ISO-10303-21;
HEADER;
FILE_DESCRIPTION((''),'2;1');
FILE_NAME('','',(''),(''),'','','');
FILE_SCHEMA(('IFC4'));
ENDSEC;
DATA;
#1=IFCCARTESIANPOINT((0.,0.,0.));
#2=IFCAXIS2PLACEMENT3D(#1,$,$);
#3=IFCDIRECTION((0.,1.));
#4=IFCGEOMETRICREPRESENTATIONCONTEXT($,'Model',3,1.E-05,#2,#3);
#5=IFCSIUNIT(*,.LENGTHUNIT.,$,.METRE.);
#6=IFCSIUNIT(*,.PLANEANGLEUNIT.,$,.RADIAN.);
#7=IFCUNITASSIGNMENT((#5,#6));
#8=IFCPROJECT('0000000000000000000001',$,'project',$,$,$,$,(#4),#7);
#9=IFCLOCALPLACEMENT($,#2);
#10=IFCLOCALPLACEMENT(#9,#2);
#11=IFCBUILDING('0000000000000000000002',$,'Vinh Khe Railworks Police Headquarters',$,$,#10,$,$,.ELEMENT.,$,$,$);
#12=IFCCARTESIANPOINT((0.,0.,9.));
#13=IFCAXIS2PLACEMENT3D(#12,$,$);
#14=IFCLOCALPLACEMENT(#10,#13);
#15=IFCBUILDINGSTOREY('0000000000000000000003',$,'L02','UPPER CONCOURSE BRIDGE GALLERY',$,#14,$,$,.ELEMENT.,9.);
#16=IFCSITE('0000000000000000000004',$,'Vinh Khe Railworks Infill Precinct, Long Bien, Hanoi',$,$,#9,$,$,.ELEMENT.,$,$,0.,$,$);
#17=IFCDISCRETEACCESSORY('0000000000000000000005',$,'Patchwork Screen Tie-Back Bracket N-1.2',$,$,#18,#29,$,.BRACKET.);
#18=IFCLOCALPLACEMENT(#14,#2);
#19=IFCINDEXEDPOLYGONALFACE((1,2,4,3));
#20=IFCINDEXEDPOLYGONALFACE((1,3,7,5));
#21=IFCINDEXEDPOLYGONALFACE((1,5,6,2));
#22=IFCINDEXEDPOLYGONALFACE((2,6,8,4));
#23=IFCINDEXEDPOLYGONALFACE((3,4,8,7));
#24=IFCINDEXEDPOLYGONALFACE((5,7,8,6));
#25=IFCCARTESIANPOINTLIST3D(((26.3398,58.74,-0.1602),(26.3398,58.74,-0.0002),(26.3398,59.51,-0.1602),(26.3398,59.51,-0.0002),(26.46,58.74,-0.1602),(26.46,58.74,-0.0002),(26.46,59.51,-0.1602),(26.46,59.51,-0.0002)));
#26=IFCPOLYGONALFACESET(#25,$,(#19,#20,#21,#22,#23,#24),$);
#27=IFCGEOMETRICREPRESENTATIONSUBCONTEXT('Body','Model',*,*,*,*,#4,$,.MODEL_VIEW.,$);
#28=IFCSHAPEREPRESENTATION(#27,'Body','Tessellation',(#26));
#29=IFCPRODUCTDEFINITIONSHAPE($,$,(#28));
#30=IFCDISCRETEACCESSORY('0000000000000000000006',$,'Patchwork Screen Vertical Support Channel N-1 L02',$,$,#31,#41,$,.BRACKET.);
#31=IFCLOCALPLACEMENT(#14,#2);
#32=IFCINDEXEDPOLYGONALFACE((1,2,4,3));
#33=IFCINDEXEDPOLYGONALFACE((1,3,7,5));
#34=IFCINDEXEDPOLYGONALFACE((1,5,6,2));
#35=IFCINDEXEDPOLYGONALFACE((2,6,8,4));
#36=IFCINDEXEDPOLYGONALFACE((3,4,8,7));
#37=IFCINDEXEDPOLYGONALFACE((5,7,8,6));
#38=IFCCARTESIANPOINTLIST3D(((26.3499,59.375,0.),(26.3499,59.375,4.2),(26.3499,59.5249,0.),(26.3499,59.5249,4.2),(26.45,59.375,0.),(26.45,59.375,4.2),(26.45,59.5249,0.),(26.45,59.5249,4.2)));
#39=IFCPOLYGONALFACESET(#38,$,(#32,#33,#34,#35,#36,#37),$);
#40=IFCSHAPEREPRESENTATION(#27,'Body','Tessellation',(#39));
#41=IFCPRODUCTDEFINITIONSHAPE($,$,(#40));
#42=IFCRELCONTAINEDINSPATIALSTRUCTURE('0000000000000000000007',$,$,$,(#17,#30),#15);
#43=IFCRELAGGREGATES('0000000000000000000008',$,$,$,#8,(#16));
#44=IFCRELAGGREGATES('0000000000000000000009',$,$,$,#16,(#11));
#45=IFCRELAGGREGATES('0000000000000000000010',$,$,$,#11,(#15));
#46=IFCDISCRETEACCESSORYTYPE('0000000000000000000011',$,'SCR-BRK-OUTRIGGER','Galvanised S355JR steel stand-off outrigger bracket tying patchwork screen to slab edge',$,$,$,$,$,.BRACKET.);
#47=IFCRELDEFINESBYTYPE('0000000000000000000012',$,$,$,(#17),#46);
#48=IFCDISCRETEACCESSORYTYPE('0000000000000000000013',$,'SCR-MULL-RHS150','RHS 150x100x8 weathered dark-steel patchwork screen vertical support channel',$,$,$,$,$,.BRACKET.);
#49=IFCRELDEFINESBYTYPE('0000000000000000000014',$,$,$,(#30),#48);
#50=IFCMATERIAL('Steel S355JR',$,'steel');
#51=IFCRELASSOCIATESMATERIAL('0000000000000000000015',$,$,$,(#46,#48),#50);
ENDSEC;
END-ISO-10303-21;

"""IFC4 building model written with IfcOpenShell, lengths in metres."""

from ifc_helpers import new_model, si_unit, direction, frame, origin, origin_2d, place, context, subcontext, project, spatial, rectangle, extrude, material, type_object, element, save


model = new_model("IFC4")

# Units and contexts
model_context = context("Model", 3, precision=1e-05, world=origin(), true_north=direction((0.0, 1.0)))
body_context = subcontext(model_context, "Body", "Model", "MODEL_VIEW")
ifc_project = project(units=[si_unit("LENGTHUNIT", "METRE"), si_unit("PLANEANGLEUNIT", "RADIAN")], contexts=[model_context])

# Site, building, storey
site_placement = place(None, origin())
site = spatial("IfcSite", under=ifc_project, at=site_placement, Name="Vinh Khe Railworks Infill Precinct, Long Bien, Hanoi", CompositionType="ELEMENT", RefElevation=0.0)
building_placement = place(site_placement, origin())
building = spatial("IfcBuilding", under=site, at=building_placement, Name="Vinh Khe Railworks Police Headquarters", CompositionType="ELEMENT")
storey_placement = place(building_placement, frame((0.0, 0.0, 9.0)))
storey = spatial("IfcBuildingStorey", under=building, at=storey_placement, Name="L02", Description="UPPER CONCOURSE BRIDGE GALLERY", CompositionType="ELEMENT", Elevation=9.0)

# Shared definitions
ifc_material_1 = material(Name="Steel S355JR", Category="steel")

# Discrete accessories
discrete_accessory_type_1 = type_object("IfcDiscreteAccessoryType", Name="SCR-BRK-OUTRIGGER", Description="Galvanised S355JR steel stand-off outrigger bracket tying patchwork screen to slab edge", PredefinedType="BRACKET", material=ifc_material_1)
discrete_accessory_1_placement = place(storey_placement, frame((26.3999, 59.125, -0.1602), z_axis=(0.0, 0.0, 1.0), x_axis=(1.0, 0.0, 0.0)))
element("IfcDiscreteAccessory", 1, at=discrete_accessory_1_placement, inside=storey, type_object=discrete_accessory_type_1, Name="Patchwork Screen Tie-Back Bracket N-1.2", PredefinedType="BRACKET", context=body_context, shape_type="SweptSolid", body=[
    extrude(rectangle(XDim=0.1201, YDim=0.77, at=origin_2d()), origin(), (0.0, 0.0, 1.0), 0.1599),
])
discrete_accessory_type_2 = type_object("IfcDiscreteAccessoryType", Name="SCR-MULL-RHS150", Description="RHS 150x100x8 weathered dark-steel patchwork screen vertical support channel", PredefinedType="BRACKET", material=ifc_material_1)
discrete_accessory_2_placement = place(storey_placement, frame((26.3999, 59.45, 0.0), z_axis=(0.0, 0.0, 1.0), x_axis=(1.0, 0.0, 0.0)))
element("IfcDiscreteAccessory", 2, at=discrete_accessory_2_placement, inside=storey, type_object=discrete_accessory_type_2, Name="Patchwork Screen Vertical Support Channel N-1 L02", PredefinedType="BRACKET", context=body_context, shape_type="SweptSolid", body=[
    extrude(rectangle(XDim=0.1001, YDim=0.1499, at=origin_2d()), origin(), (0.0, 0.0, 1.0), 4.2),
])

save(model, "model.ifc")
